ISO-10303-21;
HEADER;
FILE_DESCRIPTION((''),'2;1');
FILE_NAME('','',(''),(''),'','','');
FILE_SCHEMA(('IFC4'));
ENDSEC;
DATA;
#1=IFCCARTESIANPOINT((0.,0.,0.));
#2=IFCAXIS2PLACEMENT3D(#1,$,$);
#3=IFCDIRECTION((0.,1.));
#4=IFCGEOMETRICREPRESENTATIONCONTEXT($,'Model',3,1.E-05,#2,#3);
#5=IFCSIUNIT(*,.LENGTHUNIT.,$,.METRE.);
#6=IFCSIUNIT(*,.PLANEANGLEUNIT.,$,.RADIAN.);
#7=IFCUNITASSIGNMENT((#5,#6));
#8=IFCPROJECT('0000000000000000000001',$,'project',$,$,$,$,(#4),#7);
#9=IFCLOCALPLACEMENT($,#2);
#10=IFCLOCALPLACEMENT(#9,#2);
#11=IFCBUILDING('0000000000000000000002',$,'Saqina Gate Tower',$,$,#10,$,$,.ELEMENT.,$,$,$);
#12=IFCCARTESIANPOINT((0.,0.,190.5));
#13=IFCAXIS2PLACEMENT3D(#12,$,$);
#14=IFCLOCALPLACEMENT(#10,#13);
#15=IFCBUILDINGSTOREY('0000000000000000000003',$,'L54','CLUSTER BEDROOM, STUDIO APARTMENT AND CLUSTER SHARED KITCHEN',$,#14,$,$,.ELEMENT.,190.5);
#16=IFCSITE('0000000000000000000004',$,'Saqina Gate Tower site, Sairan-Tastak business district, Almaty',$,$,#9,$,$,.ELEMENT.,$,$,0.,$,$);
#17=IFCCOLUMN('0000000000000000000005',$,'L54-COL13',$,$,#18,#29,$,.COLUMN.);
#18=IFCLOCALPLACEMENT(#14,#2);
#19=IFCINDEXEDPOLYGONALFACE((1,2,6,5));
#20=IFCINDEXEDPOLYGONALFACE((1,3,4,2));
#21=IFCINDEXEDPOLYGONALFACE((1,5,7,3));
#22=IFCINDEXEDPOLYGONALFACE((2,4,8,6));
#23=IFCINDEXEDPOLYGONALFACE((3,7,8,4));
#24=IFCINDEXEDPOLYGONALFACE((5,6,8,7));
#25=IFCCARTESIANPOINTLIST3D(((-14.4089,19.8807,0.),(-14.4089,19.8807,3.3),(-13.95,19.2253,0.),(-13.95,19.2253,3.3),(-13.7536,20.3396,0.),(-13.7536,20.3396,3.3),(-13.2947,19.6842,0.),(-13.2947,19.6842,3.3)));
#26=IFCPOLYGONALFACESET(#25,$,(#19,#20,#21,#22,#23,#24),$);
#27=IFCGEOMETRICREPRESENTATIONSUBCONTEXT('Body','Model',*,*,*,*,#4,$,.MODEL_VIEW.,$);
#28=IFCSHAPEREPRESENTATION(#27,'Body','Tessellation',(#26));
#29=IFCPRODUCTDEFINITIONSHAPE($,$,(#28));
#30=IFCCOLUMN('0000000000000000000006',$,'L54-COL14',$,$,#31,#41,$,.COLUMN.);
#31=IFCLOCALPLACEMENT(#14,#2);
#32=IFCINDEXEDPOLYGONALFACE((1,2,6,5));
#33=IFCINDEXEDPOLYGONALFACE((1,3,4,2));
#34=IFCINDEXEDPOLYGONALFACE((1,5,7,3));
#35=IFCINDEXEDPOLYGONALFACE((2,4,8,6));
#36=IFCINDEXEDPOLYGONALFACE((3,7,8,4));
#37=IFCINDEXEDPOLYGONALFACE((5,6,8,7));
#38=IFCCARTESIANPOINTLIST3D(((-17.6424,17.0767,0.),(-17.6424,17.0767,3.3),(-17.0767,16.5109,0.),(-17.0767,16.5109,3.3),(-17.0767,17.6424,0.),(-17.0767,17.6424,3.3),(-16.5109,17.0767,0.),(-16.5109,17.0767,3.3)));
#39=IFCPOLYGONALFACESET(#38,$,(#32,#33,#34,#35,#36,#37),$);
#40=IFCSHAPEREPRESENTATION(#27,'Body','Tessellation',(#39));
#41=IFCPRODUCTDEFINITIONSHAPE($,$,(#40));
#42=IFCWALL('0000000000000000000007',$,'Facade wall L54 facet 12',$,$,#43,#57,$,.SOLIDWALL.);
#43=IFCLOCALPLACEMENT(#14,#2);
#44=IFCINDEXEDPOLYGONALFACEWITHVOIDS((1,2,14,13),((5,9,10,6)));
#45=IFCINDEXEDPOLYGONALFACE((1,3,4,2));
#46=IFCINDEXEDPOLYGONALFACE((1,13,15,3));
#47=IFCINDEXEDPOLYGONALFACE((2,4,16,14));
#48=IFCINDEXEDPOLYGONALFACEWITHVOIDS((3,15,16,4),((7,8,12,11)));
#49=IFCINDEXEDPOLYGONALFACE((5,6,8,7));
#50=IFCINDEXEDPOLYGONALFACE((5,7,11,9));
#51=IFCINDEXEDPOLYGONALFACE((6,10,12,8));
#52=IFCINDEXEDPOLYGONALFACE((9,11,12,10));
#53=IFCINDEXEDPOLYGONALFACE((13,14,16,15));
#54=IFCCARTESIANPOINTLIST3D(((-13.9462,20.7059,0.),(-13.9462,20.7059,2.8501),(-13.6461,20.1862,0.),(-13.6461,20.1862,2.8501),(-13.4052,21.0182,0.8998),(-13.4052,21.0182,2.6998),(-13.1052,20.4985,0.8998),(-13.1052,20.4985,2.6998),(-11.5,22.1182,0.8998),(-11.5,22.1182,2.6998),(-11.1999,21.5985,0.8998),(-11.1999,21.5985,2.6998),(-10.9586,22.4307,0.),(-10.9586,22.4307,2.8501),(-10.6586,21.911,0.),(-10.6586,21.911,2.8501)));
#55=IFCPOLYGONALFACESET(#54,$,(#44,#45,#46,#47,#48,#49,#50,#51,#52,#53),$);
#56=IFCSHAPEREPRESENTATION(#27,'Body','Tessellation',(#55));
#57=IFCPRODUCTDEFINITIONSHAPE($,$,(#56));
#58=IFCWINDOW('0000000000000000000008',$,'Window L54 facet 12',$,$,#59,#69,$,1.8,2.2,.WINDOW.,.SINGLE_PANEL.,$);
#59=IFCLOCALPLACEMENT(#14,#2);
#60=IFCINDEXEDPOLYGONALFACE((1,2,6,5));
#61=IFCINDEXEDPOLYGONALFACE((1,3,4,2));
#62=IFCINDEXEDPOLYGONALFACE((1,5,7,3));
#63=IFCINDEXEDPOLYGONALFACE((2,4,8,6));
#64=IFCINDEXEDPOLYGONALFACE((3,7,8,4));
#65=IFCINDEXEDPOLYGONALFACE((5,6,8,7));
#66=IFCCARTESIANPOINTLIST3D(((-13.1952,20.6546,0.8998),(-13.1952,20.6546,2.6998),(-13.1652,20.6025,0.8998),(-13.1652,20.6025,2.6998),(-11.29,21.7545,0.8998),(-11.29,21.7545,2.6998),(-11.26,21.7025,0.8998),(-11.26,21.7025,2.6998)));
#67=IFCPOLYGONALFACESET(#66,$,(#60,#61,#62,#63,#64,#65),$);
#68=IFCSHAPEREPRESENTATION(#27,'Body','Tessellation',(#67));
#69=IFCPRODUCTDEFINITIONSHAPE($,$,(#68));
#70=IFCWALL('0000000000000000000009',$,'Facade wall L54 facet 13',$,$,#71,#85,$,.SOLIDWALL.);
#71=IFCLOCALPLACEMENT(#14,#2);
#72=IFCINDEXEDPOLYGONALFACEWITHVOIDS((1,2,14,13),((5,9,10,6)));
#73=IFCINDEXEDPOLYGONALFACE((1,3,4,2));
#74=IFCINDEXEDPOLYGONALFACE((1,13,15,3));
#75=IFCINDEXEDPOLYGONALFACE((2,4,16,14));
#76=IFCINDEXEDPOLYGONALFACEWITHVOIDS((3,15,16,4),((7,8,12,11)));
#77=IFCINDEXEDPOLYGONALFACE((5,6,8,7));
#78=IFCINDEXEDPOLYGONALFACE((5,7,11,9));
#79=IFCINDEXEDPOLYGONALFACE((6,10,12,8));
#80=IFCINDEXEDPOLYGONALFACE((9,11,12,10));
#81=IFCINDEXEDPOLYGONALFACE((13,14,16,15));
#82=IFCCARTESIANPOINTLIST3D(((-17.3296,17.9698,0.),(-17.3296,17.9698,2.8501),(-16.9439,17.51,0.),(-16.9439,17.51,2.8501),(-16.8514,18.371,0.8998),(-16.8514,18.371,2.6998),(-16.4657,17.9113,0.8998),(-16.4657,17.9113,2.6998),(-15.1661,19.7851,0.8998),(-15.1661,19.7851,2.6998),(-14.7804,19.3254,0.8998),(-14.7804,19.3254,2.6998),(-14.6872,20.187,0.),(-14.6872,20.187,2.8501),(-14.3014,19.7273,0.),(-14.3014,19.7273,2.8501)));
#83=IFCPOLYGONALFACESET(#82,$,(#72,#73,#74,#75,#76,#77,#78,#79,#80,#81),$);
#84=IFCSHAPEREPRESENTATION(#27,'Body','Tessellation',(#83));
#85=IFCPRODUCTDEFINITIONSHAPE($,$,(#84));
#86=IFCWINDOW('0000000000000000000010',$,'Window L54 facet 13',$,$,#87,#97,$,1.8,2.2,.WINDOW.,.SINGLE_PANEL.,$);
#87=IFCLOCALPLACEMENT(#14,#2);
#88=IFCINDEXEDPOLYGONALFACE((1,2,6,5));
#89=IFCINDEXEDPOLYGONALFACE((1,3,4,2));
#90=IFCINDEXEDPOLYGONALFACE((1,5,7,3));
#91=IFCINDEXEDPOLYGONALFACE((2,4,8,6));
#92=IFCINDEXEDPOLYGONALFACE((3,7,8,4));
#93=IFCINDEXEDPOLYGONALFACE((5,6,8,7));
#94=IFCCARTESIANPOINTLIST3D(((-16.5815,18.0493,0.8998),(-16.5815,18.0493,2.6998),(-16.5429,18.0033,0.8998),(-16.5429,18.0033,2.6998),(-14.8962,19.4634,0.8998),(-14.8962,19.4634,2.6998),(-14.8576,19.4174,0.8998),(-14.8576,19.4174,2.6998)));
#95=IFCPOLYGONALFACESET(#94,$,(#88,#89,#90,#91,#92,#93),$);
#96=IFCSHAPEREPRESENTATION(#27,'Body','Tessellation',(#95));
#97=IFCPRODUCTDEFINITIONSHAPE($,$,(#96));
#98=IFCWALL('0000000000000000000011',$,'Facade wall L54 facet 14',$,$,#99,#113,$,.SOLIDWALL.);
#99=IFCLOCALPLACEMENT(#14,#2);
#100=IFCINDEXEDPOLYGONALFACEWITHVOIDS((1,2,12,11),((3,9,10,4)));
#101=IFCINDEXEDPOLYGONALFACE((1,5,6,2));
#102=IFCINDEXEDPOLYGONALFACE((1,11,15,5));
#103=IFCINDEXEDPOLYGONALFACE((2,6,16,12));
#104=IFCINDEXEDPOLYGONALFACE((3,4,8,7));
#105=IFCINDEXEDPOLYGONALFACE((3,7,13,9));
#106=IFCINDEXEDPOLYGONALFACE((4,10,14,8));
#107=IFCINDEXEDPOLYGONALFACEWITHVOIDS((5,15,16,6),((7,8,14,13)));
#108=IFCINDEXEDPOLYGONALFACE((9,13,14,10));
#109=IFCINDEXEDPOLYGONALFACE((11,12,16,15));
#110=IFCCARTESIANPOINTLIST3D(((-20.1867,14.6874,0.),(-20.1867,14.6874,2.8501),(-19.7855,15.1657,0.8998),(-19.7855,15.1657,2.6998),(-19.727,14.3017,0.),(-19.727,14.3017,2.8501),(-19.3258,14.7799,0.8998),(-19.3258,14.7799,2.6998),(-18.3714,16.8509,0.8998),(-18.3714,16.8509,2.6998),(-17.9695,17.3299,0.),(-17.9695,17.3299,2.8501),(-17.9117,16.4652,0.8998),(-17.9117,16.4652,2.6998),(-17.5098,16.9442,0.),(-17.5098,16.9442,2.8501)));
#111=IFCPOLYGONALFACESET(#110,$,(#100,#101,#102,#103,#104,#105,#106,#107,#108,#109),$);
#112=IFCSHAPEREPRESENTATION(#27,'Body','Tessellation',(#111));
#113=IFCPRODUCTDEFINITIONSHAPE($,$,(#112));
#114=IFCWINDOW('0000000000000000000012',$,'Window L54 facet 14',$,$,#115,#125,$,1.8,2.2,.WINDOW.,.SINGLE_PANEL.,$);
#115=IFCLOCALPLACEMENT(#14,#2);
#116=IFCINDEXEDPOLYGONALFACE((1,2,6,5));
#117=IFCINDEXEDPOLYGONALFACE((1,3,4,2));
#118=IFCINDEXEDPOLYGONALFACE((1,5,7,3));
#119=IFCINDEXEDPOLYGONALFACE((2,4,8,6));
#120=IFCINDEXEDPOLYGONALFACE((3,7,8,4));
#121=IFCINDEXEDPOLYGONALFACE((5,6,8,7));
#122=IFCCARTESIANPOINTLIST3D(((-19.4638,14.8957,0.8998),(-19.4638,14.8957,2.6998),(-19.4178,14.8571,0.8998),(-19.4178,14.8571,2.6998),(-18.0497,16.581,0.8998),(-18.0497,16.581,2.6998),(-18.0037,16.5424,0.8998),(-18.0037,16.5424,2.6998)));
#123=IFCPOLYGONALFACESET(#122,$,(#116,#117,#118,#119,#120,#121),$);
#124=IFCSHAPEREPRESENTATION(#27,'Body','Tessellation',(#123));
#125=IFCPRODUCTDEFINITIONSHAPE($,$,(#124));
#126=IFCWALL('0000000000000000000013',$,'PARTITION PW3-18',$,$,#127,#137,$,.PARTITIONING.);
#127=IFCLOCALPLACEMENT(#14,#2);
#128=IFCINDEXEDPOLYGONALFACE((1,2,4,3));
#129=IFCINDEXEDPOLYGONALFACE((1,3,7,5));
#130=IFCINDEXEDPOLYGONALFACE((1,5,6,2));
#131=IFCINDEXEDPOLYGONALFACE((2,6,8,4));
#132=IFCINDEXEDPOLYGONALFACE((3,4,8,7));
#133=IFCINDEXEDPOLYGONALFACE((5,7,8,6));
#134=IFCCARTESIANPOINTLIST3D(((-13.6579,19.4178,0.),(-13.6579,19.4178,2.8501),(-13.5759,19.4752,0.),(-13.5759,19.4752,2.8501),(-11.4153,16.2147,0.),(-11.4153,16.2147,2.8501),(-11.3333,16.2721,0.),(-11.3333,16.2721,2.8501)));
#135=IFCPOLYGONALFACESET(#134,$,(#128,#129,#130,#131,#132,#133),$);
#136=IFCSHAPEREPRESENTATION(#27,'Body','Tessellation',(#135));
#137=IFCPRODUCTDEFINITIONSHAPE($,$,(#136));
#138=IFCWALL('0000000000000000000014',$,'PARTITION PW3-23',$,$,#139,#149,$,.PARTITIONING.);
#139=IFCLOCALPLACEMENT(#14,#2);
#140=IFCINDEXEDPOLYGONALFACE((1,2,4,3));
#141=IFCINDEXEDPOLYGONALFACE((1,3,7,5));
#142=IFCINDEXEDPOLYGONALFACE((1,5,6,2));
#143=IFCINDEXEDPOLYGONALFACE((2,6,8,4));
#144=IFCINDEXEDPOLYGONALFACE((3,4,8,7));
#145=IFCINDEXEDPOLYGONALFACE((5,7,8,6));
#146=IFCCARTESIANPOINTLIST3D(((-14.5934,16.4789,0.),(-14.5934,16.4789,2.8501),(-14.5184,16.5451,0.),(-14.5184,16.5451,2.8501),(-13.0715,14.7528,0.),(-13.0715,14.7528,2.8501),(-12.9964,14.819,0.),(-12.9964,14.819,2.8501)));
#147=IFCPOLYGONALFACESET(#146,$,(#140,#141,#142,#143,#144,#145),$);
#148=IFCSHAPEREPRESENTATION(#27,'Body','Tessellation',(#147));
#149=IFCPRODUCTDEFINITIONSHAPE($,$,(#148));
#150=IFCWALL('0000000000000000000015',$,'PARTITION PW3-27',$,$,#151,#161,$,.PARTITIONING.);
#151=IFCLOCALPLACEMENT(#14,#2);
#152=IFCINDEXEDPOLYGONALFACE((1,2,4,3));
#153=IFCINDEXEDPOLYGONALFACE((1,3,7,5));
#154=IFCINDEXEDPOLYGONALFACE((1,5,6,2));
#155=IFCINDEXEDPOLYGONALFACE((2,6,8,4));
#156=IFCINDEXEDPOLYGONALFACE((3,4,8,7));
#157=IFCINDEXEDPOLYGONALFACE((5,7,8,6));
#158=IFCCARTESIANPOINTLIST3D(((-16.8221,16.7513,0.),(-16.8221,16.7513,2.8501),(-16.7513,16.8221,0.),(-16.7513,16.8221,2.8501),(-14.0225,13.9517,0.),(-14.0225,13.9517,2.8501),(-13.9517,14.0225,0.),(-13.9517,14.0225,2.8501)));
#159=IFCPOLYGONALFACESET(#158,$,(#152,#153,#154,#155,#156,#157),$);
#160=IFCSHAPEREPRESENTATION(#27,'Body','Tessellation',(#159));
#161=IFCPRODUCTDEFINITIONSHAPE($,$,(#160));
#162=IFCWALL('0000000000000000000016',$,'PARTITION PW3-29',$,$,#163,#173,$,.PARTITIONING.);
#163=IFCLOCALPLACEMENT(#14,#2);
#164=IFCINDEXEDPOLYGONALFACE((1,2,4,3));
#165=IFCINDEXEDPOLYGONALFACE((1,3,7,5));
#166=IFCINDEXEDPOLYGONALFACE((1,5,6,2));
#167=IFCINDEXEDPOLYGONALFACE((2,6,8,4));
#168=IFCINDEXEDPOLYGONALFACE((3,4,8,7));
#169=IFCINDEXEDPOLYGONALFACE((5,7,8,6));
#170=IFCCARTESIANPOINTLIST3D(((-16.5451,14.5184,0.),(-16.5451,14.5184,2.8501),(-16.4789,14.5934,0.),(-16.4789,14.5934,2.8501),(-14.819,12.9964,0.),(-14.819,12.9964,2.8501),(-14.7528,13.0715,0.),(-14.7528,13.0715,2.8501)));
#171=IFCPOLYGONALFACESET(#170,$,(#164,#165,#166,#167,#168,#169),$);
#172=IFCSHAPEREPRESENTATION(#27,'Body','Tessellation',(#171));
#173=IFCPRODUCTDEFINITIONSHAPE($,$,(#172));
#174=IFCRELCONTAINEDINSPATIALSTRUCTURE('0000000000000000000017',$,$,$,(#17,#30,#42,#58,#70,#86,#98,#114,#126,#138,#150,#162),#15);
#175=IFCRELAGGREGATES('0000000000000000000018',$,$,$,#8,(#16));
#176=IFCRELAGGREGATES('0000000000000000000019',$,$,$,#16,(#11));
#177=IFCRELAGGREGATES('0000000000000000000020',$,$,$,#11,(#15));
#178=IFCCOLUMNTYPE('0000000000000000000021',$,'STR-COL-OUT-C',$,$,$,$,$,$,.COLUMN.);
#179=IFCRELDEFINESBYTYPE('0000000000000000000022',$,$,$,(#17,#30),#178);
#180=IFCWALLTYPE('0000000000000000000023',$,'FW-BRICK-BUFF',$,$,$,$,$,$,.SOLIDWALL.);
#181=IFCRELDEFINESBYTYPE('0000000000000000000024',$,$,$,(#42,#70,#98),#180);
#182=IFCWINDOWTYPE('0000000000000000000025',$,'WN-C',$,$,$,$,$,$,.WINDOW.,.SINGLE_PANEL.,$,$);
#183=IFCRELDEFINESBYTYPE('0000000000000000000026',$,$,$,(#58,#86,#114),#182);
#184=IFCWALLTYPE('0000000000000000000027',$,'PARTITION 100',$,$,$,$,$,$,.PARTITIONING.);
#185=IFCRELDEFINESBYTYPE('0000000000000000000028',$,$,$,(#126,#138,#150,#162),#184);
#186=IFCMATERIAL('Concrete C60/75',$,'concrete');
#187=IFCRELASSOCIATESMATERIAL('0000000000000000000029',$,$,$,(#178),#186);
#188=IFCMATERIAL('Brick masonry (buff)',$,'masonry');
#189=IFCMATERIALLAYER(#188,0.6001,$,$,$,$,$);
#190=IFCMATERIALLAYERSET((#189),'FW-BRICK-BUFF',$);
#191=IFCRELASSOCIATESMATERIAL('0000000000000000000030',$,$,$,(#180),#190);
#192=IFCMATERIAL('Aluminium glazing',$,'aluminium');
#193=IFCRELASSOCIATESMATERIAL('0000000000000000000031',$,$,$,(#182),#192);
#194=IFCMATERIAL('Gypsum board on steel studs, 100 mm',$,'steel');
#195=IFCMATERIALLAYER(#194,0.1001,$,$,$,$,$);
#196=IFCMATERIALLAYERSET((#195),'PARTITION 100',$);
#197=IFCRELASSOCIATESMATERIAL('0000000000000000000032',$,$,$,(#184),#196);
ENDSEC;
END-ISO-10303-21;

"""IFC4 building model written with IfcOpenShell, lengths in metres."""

from ifc_helpers import new_model, si_unit, direction, frame, frame_2d, origin, origin_2d, place, context, subcontext, project, spatial, rectangle, extrude, material, layer, layer_set, material_profile, profile_set, type_object, element, fill, save


model = new_model("IFC4")

# Units and contexts
model_context = context("Model", 3, precision=1e-05, world=origin(), true_north=direction((0.0, 1.0)))
body_context = subcontext(model_context, "Body", "Model", "MODEL_VIEW")
ifc_project = project(units=[si_unit("LENGTHUNIT", "METRE"), si_unit("PLANEANGLEUNIT", "RADIAN")], contexts=[model_context])

# Site, building, storey
site_placement = place(None, origin())
site = spatial("IfcSite", under=ifc_project, at=site_placement, Name="Saqina Gate Tower site, Sairan-Tastak business district, Almaty", CompositionType="ELEMENT", RefElevation=0.0)
building_placement = place(site_placement, origin())
building = spatial("IfcBuilding", under=site, at=building_placement, Name="Saqina Gate Tower", CompositionType="ELEMENT")
storey_placement = place(building_placement, frame((0.0, 0.0, 190.5)))
storey = spatial("IfcBuildingStorey", under=building, at=storey_placement, Name="L54", Description="CLUSTER BEDROOM, STUDIO APARTMENT AND CLUSTER SHARED KITCHEN", CompositionType="ELEMENT", Elevation=190.5)

# Columns
ifc_material_1 = material(Name="Concrete C60/75", Category="concrete")
ifc_material_profile = material_profile(ifc_material_1, rectangle(XDim=0.8, YDim=0.8, at=origin_2d()), Name="RC 800x800")
ifc_profile_set = profile_set([ifc_material_profile], Name="Concrete C60/75")
column_type = type_object("IfcColumnType", Name="STR-COL-OUT-C", PredefinedType="COLUMN", material=ifc_profile_set)
for number, where, z_axis, x_axis, name in (
    (1, (-13.8518, 19.7825, 0.0), (0.0, 0.0, 1.0), (-0.573576, 0.819152, 0.0), "L54-COL13"),
    (2, (-17.0767, 17.0767, 0.0), (0.0, 0.0, 1.0), (-0.707107, 0.707107, 0.0), "L54-COL14"),
):
    element("IfcColumn", number, at=place(storey_placement, frame(where, z_axis=z_axis, x_axis=x_axis)), inside=storey, type_object=column_type, Name=name, PredefinedType="COLUMN", context=body_context, shape_type="SweptSolid", body=[
        extrude(rectangle(XDim=0.8, YDim=0.8, at=origin_2d()), origin(), (0.0, 0.0, 1.0), 3.3),
    ])

# Walls, openings, windows
ifc_material_2 = material(Name="Brick masonry (buff)", Category="masonry")
ifc_layer_1 = layer(ifc_material_2, 0.6001)
ifc_layer_set_1 = layer_set([ifc_layer_1], Name="FW-BRICK-BUFF")
wall_type_1 = type_object("IfcWallType", Name="FW-BRICK-BUFF", PredefinedType="SOLIDWALL", material=ifc_layer_set_1)
wall_1_placement = place(storey_placement, frame((-10.8086, 22.1709, 0.0), z_axis=(0.0, 0.0, 1.0), x_axis=(-0.866026, -0.499998, 0.0)))
wall_1 = element("IfcWall", 3, at=wall_1_placement, inside=storey, type_object=wall_type_1, Name="Facade wall L54 facet 12", PredefinedType="SOLIDWALL", context=body_context, shape_type="SweptSolid", body=[
    extrude(rectangle(XDim=3.4497, YDim=0.6001, at=frame_2d((1.7249, 0.0))), origin(), (0.0, 0.0, 1.0), 2.8501),
])
opening_1_placement = place(wall_1_placement, frame((0.625, 0.0, 0.8999)))
opening_1 = element("IfcOpeningElement", 4, at=opening_1_placement, cuts=wall_1, PredefinedType="OPENING", context=body_context, shape_type="SweptSolid", body=[
    extrude(rectangle(XDim=2.2, YDim=1.8, at=frame_2d((1.1001, 0.8999))), frame((0.0, 0.312, 0.0), z_axis=(0.0, -1.0, 0.0), x_axis=(1.0, 0.0, 0.0)), (0.0, 0.0, 1.0), 0.624),
])
ifc_material_3 = material(Name="Aluminium glazing", Category="aluminium")
window_type = type_object("IfcWindowType", Name="WN-C", PartitioningType="SINGLE_PANEL", PredefinedType="WINDOW", material=ifc_material_3)
window_1_placement = place(opening_1_placement, origin())
window_1 = element("IfcWindow", 5, at=window_1_placement, inside=storey, type_object=window_type, Name="Window L54 facet 12", OverallHeight=1.8, OverallWidth=2.2, PartitioningType="SINGLE_PANEL", PredefinedType="WINDOW", context=body_context, shape_type="SweptSolid", body=[
    extrude(rectangle(XDim=2.2, YDim=1.8, at=frame_2d((1.1001, 0.8999))), frame((0.0, 0.1799, 0.0), z_axis=(0.0, -1.0, 0.0), x_axis=(1.0, 0.0, 0.0)), (0.0, 0.0, 1.0), 0.0601),
])
fill(opening_1, window_1)
wall_2_placement = place(storey_placement, frame((-14.4944, 19.957, 0.0), z_axis=(0.0, 0.0, 1.0), x_axis=(-0.766059, -0.64277, 0.0)))
wall_2 = element("IfcWall", 6, at=wall_2_placement, inside=storey, type_object=wall_type_1, Name="Facade wall L54 facet 13", PredefinedType="SOLIDWALL", context=body_context, shape_type="SweptSolid", body=[
    extrude(rectangle(XDim=3.4495, YDim=0.6001, at=frame_2d((1.7246, 0.0))), origin(), (0.0, 0.0, 1.0), 2.8501),
])
opening_2_placement = place(wall_2_placement, frame((0.625, 0.0, 0.8999)))
opening_2 = element("IfcOpeningElement", 7, at=opening_2_placement, cuts=wall_2, PredefinedType="OPENING", context=body_context, shape_type="SweptSolid", body=[
    extrude(rectangle(XDim=2.2, YDim=1.8, at=frame_2d((1.1001, 0.8999))), frame((0.0, 0.312, 0.0), z_axis=(0.0, -1.0, 0.0), x_axis=(1.0, 0.0, 0.0)), (0.0, 0.0, 1.0), 0.624),
])
window_2_placement = place(opening_2_placement, origin())
window_2 = element("IfcWindow", 8, at=window_2_placement, inside=storey, type_object=window_type, Name="Window L54 facet 13", OverallHeight=1.8, OverallWidth=2.2, PartitioningType="SINGLE_PANEL", PredefinedType="WINDOW", context=body_context, shape_type="SweptSolid", body=[
    extrude(rectangle(XDim=2.2, YDim=1.8, at=frame_2d((1.1001, 0.8999))), frame((0.0, 0.1799, 0.0), z_axis=(0.0, -1.0, 0.0), x_axis=(1.0, 0.0, 0.0)), (0.0, 0.0, 1.0), 0.0601),
])
fill(opening_2, window_2)
wall_3_placement = place(storey_placement, frame((-17.7397, 17.137, 0.0), z_axis=(0.0, 0.0, 1.0), x_axis=(-0.64277, -0.766059, 0.0)))
wall_3 = element("IfcWall", 9, at=wall_3_placement, inside=storey, type_object=wall_type_1, Name="Facade wall L54 facet 14", PredefinedType="SOLIDWALL", context=body_context, shape_type="SweptSolid", body=[
    extrude(rectangle(XDim=3.4495, YDim=0.6001, at=frame_2d((1.7246, 0.0))), origin(), (0.0, 0.0, 1.0), 2.8501),
])
opening_3_placement = place(wall_3_placement, frame((0.625, 0.0, 0.8999)))
opening_3 = element("IfcOpeningElement", 10, at=opening_3_placement, cuts=wall_3, PredefinedType="OPENING", context=body_context, shape_type="SweptSolid", body=[
    extrude(rectangle(XDim=2.2, YDim=1.8, at=frame_2d((1.1001, 0.8999))), frame((0.0, 0.312, 0.0), z_axis=(0.0, -1.0, 0.0), x_axis=(1.0, 0.0, 0.0)), (0.0, 0.0, 1.0), 0.624),
])
window_3_placement = place(opening_3_placement, origin())
window_3 = element("IfcWindow", 11, at=window_3_placement, inside=storey, type_object=window_type, Name="Window L54 facet 14", OverallHeight=1.8, OverallWidth=2.2, PartitioningType="SINGLE_PANEL", PredefinedType="WINDOW", context=body_context, shape_type="SweptSolid", body=[
    extrude(rectangle(XDim=2.2, YDim=1.8, at=frame_2d((1.1001, 0.8999))), frame((0.0, 0.1799, 0.0), z_axis=(0.0, -1.0, 0.0), x_axis=(1.0, 0.0, 0.0)), (0.0, 0.0, 1.0), 0.0601),
])
fill(opening_3, window_3)

# Walls
ifc_material_4 = material(Name="Gypsum board on steel studs, 100 mm", Category="steel")
ifc_layer_2 = layer(ifc_material_4, 0.1001)
ifc_layer_set_2 = layer_set([ifc_layer_2], Name="PARTITION 100")
wall_type_2 = type_object("IfcWallType", Name="PARTITION 100", PredefinedType="PARTITIONING", material=ifc_layer_set_2)
wall_4_placement = place(storey_placement, frame((-13.6169, 19.4465, 0.0), z_axis=(0.0, 0.0, 1.0), x_axis=(0.573546, -0.819173, 0.0)))
element("IfcWall", 12, at=wall_4_placement, inside=storey, type_object=wall_type_2, Name="PARTITION PW3-18", PredefinedType="PARTITIONING", context=body_context, shape_type="SweptSolid", body=[
    extrude(rectangle(XDim=3.9102, YDim=0.1001, at=frame_2d((1.9551, 0.0))), origin(), (0.0, 0.0, 1.0), 2.8501),
])
wall_5_placement = place(storey_placement, frame((-14.5559, 16.512, 0.0), z_axis=(0.0, 0.0, 1.0), x_axis=(0.661369, -0.750061, 0.0)))
element("IfcWall", 13, at=wall_5_placement, inside=storey, type_object=wall_type_2, Name="PARTITION PW3-23", PredefinedType="PARTITIONING", context=body_context, shape_type="SweptSolid", body=[
    extrude(rectangle(XDim=2.3013, YDim=0.1001, at=frame_2d((1.1506, 0.0))), origin(), (0.0, 0.0, 1.0), 2.8501),
])
wall_6_placement = place(storey_placement, frame((-16.7866, 16.7866, 0.0), z_axis=(0.0, 0.0, 1.0), x_axis=(0.707107, -0.707107, 0.0)))
element("IfcWall", 14, at=wall_6_placement, inside=storey, type_object=wall_type_2, Name="PARTITION PW3-27", PredefinedType="PARTITIONING", context=body_context, shape_type="SweptSolid", body=[
    extrude(rectangle(XDim=3.9592, YDim=0.1001, at=frame_2d((1.9795, 0.0))), origin(), (0.0, 0.0, 1.0), 2.8501),
])
wall_7_placement = place(storey_placement, frame((-16.512, 14.5559, 0.0), z_axis=(0.0, 0.0, 1.0), x_axis=(0.750061, -0.661369, 0.0)))
element("IfcWall", 15, at=wall_7_placement, inside=storey, type_object=wall_type_2, Name="PARTITION PW3-29", PredefinedType="PARTITIONING", context=body_context, shape_type="SweptSolid", body=[
    extrude(rectangle(XDim=2.3013, YDim=0.1001, at=frame_2d((1.1506, 0.0))), origin(), (0.0, 0.0, 1.0), 2.8501),
])

save(model, "model.ifc")
